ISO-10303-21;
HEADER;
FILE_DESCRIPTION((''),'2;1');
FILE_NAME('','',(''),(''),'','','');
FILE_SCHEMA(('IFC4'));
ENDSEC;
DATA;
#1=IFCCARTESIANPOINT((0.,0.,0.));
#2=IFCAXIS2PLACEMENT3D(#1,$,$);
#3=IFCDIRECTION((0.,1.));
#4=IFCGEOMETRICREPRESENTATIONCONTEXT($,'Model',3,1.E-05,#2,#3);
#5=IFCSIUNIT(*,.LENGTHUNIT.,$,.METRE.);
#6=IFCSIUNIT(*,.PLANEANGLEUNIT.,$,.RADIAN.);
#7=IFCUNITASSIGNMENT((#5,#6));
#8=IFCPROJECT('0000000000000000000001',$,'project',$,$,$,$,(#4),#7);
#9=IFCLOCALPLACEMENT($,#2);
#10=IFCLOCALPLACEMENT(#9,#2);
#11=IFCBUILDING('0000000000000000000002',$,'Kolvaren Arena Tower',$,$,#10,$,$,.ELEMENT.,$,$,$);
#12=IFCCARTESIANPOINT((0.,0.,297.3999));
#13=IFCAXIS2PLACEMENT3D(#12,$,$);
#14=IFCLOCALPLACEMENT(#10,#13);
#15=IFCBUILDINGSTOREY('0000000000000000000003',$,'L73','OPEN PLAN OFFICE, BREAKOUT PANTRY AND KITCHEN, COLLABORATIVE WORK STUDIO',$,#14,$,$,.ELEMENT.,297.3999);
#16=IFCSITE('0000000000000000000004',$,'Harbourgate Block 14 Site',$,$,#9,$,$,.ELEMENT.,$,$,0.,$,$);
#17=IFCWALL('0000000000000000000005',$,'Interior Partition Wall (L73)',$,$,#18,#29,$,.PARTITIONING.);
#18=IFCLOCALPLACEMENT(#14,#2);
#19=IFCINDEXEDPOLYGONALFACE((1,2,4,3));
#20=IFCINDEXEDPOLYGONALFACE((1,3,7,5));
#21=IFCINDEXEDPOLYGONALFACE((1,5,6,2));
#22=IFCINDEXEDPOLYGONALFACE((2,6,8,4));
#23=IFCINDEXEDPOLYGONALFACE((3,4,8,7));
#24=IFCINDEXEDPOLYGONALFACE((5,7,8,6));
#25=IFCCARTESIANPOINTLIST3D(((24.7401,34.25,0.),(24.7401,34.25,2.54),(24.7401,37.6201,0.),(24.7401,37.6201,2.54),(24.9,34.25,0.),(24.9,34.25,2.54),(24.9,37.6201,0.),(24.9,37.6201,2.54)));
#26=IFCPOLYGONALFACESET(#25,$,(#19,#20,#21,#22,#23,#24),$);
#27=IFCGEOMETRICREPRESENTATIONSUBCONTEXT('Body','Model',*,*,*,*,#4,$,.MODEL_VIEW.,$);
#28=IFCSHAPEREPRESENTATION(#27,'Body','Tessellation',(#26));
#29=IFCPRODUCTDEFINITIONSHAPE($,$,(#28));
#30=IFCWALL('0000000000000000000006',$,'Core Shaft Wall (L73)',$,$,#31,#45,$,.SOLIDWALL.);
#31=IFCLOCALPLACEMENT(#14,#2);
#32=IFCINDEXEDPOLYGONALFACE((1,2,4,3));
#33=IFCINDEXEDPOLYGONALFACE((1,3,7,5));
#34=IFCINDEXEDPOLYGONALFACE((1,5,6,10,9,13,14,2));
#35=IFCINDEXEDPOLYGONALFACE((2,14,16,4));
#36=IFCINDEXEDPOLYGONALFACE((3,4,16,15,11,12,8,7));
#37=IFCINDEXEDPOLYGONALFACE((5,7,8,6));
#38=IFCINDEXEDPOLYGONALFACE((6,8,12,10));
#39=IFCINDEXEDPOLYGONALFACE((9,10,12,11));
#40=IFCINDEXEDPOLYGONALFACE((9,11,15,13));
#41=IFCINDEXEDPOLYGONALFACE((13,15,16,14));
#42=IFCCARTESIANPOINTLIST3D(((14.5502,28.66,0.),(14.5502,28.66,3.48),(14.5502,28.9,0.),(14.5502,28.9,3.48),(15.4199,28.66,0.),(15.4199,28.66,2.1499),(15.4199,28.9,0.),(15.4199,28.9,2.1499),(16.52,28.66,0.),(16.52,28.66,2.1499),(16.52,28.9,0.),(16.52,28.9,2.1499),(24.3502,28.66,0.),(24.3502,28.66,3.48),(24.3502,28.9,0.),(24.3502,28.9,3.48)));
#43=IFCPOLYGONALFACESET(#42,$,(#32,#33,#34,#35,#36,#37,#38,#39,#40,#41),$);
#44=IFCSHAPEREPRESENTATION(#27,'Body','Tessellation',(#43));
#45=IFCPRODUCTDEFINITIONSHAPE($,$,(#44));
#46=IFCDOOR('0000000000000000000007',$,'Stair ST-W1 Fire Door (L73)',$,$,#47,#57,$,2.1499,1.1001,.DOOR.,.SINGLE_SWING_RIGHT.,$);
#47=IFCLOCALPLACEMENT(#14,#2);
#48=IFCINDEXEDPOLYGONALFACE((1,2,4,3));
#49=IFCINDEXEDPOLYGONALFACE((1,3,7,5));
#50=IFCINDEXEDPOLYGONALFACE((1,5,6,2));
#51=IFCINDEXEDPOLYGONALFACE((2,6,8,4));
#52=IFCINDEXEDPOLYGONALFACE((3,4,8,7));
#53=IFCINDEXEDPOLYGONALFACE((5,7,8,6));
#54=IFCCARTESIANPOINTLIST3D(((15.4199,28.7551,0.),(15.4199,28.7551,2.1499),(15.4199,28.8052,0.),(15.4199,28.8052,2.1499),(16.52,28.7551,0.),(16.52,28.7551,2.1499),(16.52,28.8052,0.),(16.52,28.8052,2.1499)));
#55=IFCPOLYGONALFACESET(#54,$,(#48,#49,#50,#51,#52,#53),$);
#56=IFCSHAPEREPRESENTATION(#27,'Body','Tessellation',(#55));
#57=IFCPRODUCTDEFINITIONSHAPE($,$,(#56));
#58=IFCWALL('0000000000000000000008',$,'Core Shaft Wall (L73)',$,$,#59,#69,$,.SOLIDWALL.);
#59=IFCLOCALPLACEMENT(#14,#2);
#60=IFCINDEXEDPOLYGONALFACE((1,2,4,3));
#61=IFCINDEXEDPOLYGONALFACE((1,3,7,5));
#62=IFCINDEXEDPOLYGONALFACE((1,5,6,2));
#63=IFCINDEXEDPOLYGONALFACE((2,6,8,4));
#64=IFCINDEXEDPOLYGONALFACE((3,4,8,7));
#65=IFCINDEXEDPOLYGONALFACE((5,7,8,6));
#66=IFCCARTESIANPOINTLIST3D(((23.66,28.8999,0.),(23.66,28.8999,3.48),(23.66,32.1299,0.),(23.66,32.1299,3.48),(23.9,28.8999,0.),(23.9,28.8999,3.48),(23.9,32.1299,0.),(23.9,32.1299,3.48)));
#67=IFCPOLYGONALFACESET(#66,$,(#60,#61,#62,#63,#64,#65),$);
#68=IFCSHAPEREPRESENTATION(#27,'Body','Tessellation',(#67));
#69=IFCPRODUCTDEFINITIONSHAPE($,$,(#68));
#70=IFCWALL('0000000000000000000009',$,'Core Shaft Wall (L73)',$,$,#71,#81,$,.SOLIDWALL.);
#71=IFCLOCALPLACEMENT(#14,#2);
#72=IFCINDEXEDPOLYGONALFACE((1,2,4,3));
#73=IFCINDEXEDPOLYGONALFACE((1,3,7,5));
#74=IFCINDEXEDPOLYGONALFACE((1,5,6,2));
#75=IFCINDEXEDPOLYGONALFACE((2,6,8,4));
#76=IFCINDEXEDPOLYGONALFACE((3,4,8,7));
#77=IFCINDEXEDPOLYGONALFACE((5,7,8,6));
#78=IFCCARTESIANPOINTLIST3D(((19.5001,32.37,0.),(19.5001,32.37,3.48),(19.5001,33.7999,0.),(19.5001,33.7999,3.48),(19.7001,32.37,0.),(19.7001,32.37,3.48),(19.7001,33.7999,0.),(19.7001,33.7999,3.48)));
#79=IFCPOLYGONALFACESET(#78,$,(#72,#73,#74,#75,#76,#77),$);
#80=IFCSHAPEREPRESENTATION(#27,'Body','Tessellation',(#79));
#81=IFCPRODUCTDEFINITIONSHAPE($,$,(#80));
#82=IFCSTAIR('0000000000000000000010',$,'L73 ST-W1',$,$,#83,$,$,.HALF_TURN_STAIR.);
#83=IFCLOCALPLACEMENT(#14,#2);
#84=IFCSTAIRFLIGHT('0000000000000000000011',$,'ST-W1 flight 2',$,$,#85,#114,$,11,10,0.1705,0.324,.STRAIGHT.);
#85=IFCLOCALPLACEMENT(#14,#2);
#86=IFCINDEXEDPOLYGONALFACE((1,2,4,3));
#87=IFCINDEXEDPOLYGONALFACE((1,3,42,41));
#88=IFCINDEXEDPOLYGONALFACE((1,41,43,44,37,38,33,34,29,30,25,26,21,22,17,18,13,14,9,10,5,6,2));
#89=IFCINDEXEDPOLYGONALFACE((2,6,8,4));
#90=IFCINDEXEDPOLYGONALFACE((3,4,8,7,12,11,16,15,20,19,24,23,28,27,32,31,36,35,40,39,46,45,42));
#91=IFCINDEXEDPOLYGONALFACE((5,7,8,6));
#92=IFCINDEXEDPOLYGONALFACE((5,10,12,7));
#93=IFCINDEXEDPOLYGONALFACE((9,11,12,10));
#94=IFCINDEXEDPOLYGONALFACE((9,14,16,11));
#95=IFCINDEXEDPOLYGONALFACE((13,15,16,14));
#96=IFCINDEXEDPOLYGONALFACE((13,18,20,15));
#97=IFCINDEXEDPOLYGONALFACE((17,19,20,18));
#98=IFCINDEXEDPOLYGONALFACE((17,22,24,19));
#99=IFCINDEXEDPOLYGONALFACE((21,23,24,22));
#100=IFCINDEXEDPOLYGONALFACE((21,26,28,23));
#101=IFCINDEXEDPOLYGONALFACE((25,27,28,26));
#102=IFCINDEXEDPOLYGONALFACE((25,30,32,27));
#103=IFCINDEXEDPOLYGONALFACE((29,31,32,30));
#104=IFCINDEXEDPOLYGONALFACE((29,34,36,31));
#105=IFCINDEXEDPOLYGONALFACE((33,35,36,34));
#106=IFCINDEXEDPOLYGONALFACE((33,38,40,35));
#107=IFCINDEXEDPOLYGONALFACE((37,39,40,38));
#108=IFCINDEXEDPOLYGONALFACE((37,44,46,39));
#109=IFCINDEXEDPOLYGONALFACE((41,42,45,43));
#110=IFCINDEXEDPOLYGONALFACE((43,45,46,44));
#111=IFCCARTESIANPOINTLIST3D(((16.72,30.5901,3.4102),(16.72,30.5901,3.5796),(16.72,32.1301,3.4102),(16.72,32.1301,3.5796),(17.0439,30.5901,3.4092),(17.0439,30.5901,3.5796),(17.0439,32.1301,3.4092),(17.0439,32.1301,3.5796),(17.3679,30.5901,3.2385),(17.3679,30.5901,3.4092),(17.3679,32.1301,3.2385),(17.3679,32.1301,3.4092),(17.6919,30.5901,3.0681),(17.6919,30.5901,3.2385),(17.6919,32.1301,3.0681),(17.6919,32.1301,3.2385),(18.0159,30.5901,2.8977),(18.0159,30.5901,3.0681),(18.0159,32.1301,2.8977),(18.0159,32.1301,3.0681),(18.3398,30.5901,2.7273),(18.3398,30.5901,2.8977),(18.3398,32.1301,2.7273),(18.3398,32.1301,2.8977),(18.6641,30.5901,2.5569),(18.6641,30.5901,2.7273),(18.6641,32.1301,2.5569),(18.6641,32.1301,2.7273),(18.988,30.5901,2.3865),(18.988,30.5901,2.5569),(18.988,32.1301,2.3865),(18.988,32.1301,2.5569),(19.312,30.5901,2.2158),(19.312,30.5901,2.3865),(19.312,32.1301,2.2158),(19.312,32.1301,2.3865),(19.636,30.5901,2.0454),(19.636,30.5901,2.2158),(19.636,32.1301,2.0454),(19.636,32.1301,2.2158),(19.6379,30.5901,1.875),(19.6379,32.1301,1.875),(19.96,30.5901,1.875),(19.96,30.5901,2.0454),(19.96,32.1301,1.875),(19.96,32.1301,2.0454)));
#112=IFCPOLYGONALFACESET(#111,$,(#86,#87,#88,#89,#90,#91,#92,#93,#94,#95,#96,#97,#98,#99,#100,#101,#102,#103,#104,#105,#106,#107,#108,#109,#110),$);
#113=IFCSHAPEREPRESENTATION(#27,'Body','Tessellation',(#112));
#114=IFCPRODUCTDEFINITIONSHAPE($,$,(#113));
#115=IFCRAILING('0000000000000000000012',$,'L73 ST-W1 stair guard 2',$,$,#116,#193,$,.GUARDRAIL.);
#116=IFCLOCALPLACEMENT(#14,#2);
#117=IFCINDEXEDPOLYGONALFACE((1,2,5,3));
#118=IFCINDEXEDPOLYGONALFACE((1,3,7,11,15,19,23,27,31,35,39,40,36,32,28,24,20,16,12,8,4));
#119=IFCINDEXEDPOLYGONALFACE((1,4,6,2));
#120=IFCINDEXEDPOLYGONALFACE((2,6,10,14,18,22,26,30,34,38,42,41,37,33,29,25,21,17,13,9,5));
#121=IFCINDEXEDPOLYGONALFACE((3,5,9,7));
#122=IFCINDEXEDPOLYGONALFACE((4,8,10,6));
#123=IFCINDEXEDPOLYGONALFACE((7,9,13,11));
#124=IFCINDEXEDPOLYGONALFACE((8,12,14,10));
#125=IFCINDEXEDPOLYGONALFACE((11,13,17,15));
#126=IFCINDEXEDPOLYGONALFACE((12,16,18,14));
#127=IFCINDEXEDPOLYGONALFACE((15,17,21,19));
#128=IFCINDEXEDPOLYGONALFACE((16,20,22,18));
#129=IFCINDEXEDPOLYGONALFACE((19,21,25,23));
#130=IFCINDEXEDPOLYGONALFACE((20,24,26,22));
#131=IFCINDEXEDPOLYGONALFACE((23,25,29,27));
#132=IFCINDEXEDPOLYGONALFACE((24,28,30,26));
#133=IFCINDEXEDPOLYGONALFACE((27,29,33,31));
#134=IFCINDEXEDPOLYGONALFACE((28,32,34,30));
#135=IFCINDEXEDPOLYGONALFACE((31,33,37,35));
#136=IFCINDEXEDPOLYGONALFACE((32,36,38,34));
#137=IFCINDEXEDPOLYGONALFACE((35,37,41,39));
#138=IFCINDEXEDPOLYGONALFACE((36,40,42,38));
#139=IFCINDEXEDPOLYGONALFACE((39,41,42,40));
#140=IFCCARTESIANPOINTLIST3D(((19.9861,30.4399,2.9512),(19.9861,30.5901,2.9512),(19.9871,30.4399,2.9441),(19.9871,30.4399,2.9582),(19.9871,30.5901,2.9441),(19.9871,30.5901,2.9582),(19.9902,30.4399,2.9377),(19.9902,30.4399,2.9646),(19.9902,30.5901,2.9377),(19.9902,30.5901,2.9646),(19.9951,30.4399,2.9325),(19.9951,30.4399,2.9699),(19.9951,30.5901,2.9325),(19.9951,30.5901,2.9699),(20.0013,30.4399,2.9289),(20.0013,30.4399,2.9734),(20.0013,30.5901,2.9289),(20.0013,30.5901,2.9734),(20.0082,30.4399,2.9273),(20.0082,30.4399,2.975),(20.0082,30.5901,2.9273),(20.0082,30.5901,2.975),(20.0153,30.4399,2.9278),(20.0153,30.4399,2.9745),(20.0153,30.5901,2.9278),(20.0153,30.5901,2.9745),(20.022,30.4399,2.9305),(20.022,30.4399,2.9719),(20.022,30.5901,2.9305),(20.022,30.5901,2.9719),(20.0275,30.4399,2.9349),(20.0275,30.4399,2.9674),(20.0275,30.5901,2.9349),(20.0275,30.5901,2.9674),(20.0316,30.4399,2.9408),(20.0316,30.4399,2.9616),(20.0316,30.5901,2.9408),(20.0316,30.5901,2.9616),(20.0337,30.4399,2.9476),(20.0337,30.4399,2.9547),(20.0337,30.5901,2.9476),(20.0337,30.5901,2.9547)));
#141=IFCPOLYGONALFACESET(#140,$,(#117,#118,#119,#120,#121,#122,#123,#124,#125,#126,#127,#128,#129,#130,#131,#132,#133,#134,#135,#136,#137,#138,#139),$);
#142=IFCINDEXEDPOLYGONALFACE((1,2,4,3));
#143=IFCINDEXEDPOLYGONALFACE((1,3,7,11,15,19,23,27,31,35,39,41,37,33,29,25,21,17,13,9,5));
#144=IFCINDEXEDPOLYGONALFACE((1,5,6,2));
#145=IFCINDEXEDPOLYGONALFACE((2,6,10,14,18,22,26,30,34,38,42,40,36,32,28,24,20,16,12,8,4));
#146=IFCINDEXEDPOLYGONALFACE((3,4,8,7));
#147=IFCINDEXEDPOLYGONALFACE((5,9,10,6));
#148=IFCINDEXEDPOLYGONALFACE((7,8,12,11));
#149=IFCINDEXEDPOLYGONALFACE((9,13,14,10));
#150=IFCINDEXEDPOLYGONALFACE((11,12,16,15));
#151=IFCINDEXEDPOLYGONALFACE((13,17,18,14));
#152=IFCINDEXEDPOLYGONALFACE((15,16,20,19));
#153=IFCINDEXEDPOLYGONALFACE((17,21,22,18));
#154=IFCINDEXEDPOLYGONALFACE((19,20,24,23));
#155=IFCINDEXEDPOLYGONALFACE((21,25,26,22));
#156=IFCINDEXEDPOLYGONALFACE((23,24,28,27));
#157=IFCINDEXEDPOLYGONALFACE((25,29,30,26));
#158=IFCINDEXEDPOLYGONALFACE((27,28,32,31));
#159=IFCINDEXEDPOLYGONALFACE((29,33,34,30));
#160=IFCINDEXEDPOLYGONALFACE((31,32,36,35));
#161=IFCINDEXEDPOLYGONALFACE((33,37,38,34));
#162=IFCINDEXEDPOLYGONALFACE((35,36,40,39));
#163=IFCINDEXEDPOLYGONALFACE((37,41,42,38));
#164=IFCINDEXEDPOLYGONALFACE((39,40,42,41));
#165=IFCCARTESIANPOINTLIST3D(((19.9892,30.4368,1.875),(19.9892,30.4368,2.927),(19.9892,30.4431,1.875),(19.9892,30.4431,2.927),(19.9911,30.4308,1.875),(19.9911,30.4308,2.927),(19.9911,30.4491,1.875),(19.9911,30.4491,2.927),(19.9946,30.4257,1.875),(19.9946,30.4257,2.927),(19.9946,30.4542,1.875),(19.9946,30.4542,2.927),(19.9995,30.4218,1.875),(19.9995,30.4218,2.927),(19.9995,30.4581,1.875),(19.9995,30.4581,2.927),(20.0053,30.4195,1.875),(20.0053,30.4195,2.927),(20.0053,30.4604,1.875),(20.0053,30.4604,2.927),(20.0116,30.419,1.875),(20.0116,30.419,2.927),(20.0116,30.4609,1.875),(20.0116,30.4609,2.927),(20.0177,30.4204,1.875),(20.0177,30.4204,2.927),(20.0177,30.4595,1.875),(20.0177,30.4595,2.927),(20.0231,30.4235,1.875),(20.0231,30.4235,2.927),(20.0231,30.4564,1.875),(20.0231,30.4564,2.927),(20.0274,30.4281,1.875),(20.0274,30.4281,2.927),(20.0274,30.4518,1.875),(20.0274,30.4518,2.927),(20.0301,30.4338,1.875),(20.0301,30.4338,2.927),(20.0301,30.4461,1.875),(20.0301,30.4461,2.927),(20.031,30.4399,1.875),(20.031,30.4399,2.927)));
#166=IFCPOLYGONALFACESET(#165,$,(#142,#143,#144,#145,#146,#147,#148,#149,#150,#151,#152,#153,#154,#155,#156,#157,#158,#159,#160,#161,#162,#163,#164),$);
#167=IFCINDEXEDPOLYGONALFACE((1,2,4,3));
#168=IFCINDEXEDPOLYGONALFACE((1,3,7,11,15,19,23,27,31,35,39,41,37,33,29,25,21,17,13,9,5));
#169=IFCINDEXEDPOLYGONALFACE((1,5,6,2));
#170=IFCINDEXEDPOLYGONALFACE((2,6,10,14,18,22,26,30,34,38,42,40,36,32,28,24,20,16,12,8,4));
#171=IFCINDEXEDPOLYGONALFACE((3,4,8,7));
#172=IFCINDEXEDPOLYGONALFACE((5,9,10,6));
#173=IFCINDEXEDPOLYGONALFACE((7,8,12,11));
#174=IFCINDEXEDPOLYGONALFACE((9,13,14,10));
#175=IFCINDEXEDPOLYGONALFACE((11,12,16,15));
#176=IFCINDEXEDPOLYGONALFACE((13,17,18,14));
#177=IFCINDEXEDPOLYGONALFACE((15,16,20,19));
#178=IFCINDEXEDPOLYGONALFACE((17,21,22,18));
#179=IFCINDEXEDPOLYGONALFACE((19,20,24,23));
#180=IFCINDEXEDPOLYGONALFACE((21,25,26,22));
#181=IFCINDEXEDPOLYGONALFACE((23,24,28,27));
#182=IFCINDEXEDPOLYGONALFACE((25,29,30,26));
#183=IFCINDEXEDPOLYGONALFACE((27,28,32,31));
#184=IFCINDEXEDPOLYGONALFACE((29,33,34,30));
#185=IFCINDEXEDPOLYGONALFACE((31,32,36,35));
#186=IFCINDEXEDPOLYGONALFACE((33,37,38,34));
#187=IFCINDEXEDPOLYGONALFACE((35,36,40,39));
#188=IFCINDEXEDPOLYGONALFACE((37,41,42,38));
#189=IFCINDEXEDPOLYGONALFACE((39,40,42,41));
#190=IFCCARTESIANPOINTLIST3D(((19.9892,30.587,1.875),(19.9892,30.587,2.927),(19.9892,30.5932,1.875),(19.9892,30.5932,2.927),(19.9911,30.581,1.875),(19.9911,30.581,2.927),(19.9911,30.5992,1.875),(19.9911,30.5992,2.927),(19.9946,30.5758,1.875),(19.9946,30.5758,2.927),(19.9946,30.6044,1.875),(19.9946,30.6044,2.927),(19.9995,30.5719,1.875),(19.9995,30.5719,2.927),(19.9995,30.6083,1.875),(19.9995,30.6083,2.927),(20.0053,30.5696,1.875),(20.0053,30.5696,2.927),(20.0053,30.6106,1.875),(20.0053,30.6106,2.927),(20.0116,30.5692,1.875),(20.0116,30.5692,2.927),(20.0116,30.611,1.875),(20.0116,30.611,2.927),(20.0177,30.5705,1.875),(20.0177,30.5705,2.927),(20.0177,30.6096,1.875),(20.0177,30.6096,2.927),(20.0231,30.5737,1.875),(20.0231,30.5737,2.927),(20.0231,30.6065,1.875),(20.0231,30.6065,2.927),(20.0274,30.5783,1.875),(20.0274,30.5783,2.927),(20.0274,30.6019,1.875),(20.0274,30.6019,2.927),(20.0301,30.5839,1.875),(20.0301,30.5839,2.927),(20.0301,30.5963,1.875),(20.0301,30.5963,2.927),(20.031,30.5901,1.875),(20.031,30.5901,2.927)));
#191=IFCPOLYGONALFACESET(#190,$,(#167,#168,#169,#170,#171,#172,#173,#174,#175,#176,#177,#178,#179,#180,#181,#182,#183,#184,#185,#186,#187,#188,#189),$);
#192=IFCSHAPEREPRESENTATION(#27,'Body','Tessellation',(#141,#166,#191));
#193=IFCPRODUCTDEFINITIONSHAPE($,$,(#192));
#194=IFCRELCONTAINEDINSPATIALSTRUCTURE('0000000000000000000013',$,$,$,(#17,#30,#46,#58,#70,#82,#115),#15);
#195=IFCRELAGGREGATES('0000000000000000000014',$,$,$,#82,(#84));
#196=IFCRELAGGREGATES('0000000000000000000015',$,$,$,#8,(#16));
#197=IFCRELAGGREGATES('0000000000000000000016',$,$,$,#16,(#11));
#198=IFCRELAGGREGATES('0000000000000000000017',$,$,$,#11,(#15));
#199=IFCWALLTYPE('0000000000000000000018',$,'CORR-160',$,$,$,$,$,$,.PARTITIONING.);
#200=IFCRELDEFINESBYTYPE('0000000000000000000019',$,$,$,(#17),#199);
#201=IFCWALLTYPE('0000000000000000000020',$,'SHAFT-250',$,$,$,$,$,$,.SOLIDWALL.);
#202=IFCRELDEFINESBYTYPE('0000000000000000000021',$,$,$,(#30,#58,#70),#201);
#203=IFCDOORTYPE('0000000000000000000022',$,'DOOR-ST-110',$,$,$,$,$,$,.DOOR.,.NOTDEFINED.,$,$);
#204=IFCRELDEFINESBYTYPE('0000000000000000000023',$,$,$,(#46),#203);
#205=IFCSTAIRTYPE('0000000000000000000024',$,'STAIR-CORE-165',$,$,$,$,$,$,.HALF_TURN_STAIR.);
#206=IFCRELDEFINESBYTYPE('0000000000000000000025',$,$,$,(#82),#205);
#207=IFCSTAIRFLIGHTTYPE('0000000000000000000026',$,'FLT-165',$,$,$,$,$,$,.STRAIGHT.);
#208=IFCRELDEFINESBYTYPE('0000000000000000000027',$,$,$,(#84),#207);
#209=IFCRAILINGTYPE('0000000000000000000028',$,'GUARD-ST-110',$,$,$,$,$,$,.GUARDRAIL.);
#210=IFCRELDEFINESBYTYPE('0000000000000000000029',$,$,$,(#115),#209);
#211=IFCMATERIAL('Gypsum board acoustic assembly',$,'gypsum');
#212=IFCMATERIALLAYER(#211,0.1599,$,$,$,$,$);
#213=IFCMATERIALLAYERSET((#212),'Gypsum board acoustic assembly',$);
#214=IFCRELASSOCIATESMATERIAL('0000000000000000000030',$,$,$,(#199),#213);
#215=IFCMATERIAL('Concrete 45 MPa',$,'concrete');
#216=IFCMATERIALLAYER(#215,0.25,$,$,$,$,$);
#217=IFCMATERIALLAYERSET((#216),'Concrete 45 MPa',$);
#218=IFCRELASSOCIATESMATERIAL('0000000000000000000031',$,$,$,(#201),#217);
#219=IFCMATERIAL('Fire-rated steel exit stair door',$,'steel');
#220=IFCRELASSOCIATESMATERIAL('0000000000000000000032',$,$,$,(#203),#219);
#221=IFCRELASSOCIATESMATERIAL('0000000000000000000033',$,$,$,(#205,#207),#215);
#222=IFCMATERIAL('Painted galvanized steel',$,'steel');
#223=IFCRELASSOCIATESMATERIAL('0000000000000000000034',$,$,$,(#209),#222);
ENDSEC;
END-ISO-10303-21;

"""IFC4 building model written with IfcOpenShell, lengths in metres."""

from ifc_helpers import new_model, si_unit, direction, frame, frame_2d, origin, origin_2d, place, context, subcontext, project, spatial, polyline, rectangle, circle, outline, extrude, material, layer, layer_set, type_object, element, fill, aggregate, save


model = new_model("IFC4")

# Units and contexts
model_context = context("Model", 3, precision=1e-05, world=origin(), true_north=direction((0.0, 1.0)))
body_context = subcontext(model_context, "Body", "Model", "MODEL_VIEW")
ifc_project = project(units=[si_unit("LENGTHUNIT", "METRE"), si_unit("PLANEANGLEUNIT", "RADIAN")], contexts=[model_context])

# Site, building, storey
site_placement = place(None, origin())
site = spatial("IfcSite", under=ifc_project, at=site_placement, Name="Harbourgate Block 14 Site", CompositionType="ELEMENT", RefElevation=0.0)
building_placement = place(site_placement, origin())
building = spatial("IfcBuilding", under=site, at=building_placement, Name="Kolvaren Arena Tower", CompositionType="ELEMENT")
storey_placement = place(building_placement, frame((0.0, 0.0, 297.3999)))
storey = spatial("IfcBuildingStorey", under=building, at=storey_placement, Name="L73", Description="OPEN PLAN OFFICE, BREAKOUT PANTRY AND KITCHEN, COLLABORATIVE WORK STUDIO", CompositionType="ELEMENT", Elevation=297.3999)

# Wall
ifc_material_1 = material(Name="Gypsum board acoustic assembly", Category="gypsum")
ifc_layer_1 = layer(ifc_material_1, 0.1599)
ifc_layer_set_1 = layer_set([ifc_layer_1], Name="Gypsum board acoustic assembly")
wall_type_1 = type_object("IfcWallType", Name="CORR-160", PredefinedType="PARTITIONING", material=ifc_layer_set_1)
wall_1_placement = place(storey_placement, frame((24.8201, 34.25, 0.0), z_axis=(0.0, 0.0, 1.0), x_axis=(0.0, 1.0, 0.0)))
element("IfcWall", 1, at=wall_1_placement, inside=storey, type_object=wall_type_1, Name="Interior Partition Wall (L73)", PredefinedType="PARTITIONING", context=body_context, shape_type="SweptSolid", body=[
    extrude(rectangle(XDim=3.3701, YDim=0.1599, at=frame_2d((1.6851, 0.0))), origin(), (0.0, 0.0, 1.0), 2.54),
])

# Wall, opening, door
ifc_material_2 = material(Name="Concrete 45 MPa", Category="concrete")
ifc_layer_2 = layer(ifc_material_2, 0.25)
ifc_layer_set_2 = layer_set([ifc_layer_2], Name="Concrete 45 MPa")
wall_type_2 = type_object("IfcWallType", Name="SHAFT-250", PredefinedType="SOLIDWALL", material=ifc_layer_set_2)
wall_2_placement = place(storey_placement, frame((24.3501, 28.78, 0.0), z_axis=(0.0, 0.0, 1.0), x_axis=(-1.0, 0.0, 0.0)))
wall_2 = element("IfcWall", 2, at=wall_2_placement, inside=storey, type_object=wall_type_2, Name="Core Shaft Wall (L73)", PredefinedType="SOLIDWALL", context=body_context, shape_type="SweptSolid", body=[
    extrude(rectangle(XDim=9.8, YDim=0.24, at=frame_2d((4.8999, 0.0))), origin(), (0.0, 0.0, 1.0), 3.48),
])
opening_placement = place(wall_2_placement, frame((7.8301, 0.0, 0.0)))
opening = element("IfcOpeningElement", 3, at=opening_placement, cuts=wall_2, PredefinedType="OPENING", context=body_context, shape_type="SweptSolid", body=[
    extrude(rectangle(XDim=1.1001, YDim=2.1499, at=frame_2d((0.55, 1.075))), frame((0.0, 0.1299, 0.0), z_axis=(0.0, -1.0, 0.0), x_axis=(1.0, 0.0, 0.0)), (0.0, 0.0, 1.0), 0.26),
])
ifc_material_3 = material(Name="Fire-rated steel exit stair door", Category="steel")
door_type = type_object("IfcDoorType", Name="DOOR-ST-110", OperationType="NOTDEFINED", PredefinedType="DOOR", material=ifc_material_3)
door_placement = place(opening_placement, origin())
door = element("IfcDoor", 4, at=door_placement, inside=storey, type_object=door_type, Name="Stair ST-W1 Fire Door (L73)", OperationType="SINGLE_SWING_RIGHT", OverallHeight=2.1499, OverallWidth=1.1001, PredefinedType="DOOR", context=body_context, shape_type="SweptSolid", body=[
    extrude(rectangle(XDim=1.1001, YDim=2.1499, at=frame_2d((0.55, 1.075))), frame((0.0, 0.0249, 0.0), z_axis=(0.0, -1.0, 0.0), x_axis=(1.0, 0.0, 0.0)), (0.0, 0.0, 1.0), 0.05),
])
fill(opening, door)

# Walls
wall_3_placement = place(storey_placement, frame((23.78, 28.8999, 0.0), z_axis=(0.0, 0.0, 1.0), x_axis=(0.0, 1.0, 0.0)))
element("IfcWall", 5, at=wall_3_placement, inside=storey, type_object=wall_type_2, Name="Core Shaft Wall (L73)", PredefinedType="SOLIDWALL", context=body_context, shape_type="SweptSolid", body=[
    extrude(rectangle(XDim=3.23, YDim=0.24, at=frame_2d((1.615, 0.0))), origin(), (0.0, 0.0, 1.0), 3.48),
])
wall_4_placement = place(storey_placement, frame((19.6001, 32.3701, 0.0), z_axis=(0.0, 0.0, 1.0), x_axis=(0.0, 1.0, 0.0)))
element("IfcWall", 6, at=wall_4_placement, inside=storey, type_object=wall_type_2, Name="Core Shaft Wall (L73)", PredefinedType="SOLIDWALL", context=body_context, shape_type="SweptSolid", body=[
    extrude(rectangle(XDim=1.4299, YDim=0.2, at=frame_2d((0.7148, 0.0))), origin(), (0.0, 0.0, 1.0), 3.48),
])

# Stair, stair flight
stair_type = type_object("IfcStairType", Name="STAIR-CORE-165", PredefinedType="HALF_TURN_STAIR", material=ifc_material_2)
stair_placement = place(storey_placement, origin())
stair = element("IfcStair", 7, at=stair_placement, inside=storey, type_object=stair_type, Name="L73 ST-W1", PredefinedType="HALF_TURN_STAIR")
stair_flight_type = type_object("IfcStairFlightType", Name="FLT-165", PredefinedType="STRAIGHT", material=ifc_material_2)
stair_flight_placement = place(storey_placement, frame((19.96, 31.3601, 1.875), z_axis=(0.0, 0.0, 1.0), x_axis=(-1.0, 0.0, 0.0)))
stair_flight = element("IfcStairFlight", 8, at=stair_flight_placement, type_object=stair_flight_type, Name="ST-W1 flight 2", NumberOfRisers=11, NumberOfTreads=10, PredefinedType="STRAIGHT", RiserHeight=0.1705, TreadLength=0.324, context=body_context, shape_type="SweptSolid", body=[
    extrude(outline(polyline([(0.0, 0.0), (0.0, 0.1704), (0.324, 0.1704), (0.324, 0.3408), (0.6479, 0.3408), (0.6479, 0.5115), (0.9719, 0.5115), (0.9719, 0.6819), (1.2959, 0.6819), (1.2959, 0.8523), (1.6201, 0.8523), (1.6201, 1.0227), (1.9441, 1.0227), (1.9441, 1.1931), (2.2681, 1.1931), (2.2681, 1.3635), (2.592, 1.3635), (2.592, 1.5342), (2.916, 1.5342), (2.916, 1.7046), (3.24, 1.7046), (3.24, 1.875), (3.24, 1.5352), (0.322, 0.0), (0.0, 0.0)])), frame((0.0, 0.77, 0.0), z_axis=(0.0, -1.0, 0.0), x_axis=(1.0, 0.0, 0.0)), (0.0, 0.0, 1.0), 1.54),
])
aggregate(stair, [stair_flight])

# Railing
ifc_material_4 = material(Name="Painted galvanized steel", Category="steel")
railing_type_1 = type_object("IfcRailingType", Name="GUARD-ST-110", PredefinedType="GUARDRAIL", material=ifc_material_4)
railing_1_placement = place(storey_placement, frame((20.01, 30.4399, 1.875)))
element("IfcRailing", 9, at=railing_1_placement, inside=storey, type_object=railing_type_1, Name="L73 ST-W1 stair guard 2", PredefinedType="GUARDRAIL", context=body_context, shape_type="SweptSolid", body=[
    extrude(circle(Radius=0.0239, at=origin_2d()), frame((0.0, 0.0, 1.0762), z_axis=(0.0, 1.0, 0.0), x_axis=(-1.0, 0.0, 0.0)), (0.0, 0.0, 1.0), 0.1501),
    extrude(circle(Radius=0.021, at=origin_2d()), origin(), (0.0, 0.0, 1.0), 1.052),
    extrude(circle(Radius=0.021, at=origin_2d()), frame((0.0, 0.1501, 0.0)), (0.0, 0.0, 1.0), 1.052),
])

save(model, "model.ifc")
